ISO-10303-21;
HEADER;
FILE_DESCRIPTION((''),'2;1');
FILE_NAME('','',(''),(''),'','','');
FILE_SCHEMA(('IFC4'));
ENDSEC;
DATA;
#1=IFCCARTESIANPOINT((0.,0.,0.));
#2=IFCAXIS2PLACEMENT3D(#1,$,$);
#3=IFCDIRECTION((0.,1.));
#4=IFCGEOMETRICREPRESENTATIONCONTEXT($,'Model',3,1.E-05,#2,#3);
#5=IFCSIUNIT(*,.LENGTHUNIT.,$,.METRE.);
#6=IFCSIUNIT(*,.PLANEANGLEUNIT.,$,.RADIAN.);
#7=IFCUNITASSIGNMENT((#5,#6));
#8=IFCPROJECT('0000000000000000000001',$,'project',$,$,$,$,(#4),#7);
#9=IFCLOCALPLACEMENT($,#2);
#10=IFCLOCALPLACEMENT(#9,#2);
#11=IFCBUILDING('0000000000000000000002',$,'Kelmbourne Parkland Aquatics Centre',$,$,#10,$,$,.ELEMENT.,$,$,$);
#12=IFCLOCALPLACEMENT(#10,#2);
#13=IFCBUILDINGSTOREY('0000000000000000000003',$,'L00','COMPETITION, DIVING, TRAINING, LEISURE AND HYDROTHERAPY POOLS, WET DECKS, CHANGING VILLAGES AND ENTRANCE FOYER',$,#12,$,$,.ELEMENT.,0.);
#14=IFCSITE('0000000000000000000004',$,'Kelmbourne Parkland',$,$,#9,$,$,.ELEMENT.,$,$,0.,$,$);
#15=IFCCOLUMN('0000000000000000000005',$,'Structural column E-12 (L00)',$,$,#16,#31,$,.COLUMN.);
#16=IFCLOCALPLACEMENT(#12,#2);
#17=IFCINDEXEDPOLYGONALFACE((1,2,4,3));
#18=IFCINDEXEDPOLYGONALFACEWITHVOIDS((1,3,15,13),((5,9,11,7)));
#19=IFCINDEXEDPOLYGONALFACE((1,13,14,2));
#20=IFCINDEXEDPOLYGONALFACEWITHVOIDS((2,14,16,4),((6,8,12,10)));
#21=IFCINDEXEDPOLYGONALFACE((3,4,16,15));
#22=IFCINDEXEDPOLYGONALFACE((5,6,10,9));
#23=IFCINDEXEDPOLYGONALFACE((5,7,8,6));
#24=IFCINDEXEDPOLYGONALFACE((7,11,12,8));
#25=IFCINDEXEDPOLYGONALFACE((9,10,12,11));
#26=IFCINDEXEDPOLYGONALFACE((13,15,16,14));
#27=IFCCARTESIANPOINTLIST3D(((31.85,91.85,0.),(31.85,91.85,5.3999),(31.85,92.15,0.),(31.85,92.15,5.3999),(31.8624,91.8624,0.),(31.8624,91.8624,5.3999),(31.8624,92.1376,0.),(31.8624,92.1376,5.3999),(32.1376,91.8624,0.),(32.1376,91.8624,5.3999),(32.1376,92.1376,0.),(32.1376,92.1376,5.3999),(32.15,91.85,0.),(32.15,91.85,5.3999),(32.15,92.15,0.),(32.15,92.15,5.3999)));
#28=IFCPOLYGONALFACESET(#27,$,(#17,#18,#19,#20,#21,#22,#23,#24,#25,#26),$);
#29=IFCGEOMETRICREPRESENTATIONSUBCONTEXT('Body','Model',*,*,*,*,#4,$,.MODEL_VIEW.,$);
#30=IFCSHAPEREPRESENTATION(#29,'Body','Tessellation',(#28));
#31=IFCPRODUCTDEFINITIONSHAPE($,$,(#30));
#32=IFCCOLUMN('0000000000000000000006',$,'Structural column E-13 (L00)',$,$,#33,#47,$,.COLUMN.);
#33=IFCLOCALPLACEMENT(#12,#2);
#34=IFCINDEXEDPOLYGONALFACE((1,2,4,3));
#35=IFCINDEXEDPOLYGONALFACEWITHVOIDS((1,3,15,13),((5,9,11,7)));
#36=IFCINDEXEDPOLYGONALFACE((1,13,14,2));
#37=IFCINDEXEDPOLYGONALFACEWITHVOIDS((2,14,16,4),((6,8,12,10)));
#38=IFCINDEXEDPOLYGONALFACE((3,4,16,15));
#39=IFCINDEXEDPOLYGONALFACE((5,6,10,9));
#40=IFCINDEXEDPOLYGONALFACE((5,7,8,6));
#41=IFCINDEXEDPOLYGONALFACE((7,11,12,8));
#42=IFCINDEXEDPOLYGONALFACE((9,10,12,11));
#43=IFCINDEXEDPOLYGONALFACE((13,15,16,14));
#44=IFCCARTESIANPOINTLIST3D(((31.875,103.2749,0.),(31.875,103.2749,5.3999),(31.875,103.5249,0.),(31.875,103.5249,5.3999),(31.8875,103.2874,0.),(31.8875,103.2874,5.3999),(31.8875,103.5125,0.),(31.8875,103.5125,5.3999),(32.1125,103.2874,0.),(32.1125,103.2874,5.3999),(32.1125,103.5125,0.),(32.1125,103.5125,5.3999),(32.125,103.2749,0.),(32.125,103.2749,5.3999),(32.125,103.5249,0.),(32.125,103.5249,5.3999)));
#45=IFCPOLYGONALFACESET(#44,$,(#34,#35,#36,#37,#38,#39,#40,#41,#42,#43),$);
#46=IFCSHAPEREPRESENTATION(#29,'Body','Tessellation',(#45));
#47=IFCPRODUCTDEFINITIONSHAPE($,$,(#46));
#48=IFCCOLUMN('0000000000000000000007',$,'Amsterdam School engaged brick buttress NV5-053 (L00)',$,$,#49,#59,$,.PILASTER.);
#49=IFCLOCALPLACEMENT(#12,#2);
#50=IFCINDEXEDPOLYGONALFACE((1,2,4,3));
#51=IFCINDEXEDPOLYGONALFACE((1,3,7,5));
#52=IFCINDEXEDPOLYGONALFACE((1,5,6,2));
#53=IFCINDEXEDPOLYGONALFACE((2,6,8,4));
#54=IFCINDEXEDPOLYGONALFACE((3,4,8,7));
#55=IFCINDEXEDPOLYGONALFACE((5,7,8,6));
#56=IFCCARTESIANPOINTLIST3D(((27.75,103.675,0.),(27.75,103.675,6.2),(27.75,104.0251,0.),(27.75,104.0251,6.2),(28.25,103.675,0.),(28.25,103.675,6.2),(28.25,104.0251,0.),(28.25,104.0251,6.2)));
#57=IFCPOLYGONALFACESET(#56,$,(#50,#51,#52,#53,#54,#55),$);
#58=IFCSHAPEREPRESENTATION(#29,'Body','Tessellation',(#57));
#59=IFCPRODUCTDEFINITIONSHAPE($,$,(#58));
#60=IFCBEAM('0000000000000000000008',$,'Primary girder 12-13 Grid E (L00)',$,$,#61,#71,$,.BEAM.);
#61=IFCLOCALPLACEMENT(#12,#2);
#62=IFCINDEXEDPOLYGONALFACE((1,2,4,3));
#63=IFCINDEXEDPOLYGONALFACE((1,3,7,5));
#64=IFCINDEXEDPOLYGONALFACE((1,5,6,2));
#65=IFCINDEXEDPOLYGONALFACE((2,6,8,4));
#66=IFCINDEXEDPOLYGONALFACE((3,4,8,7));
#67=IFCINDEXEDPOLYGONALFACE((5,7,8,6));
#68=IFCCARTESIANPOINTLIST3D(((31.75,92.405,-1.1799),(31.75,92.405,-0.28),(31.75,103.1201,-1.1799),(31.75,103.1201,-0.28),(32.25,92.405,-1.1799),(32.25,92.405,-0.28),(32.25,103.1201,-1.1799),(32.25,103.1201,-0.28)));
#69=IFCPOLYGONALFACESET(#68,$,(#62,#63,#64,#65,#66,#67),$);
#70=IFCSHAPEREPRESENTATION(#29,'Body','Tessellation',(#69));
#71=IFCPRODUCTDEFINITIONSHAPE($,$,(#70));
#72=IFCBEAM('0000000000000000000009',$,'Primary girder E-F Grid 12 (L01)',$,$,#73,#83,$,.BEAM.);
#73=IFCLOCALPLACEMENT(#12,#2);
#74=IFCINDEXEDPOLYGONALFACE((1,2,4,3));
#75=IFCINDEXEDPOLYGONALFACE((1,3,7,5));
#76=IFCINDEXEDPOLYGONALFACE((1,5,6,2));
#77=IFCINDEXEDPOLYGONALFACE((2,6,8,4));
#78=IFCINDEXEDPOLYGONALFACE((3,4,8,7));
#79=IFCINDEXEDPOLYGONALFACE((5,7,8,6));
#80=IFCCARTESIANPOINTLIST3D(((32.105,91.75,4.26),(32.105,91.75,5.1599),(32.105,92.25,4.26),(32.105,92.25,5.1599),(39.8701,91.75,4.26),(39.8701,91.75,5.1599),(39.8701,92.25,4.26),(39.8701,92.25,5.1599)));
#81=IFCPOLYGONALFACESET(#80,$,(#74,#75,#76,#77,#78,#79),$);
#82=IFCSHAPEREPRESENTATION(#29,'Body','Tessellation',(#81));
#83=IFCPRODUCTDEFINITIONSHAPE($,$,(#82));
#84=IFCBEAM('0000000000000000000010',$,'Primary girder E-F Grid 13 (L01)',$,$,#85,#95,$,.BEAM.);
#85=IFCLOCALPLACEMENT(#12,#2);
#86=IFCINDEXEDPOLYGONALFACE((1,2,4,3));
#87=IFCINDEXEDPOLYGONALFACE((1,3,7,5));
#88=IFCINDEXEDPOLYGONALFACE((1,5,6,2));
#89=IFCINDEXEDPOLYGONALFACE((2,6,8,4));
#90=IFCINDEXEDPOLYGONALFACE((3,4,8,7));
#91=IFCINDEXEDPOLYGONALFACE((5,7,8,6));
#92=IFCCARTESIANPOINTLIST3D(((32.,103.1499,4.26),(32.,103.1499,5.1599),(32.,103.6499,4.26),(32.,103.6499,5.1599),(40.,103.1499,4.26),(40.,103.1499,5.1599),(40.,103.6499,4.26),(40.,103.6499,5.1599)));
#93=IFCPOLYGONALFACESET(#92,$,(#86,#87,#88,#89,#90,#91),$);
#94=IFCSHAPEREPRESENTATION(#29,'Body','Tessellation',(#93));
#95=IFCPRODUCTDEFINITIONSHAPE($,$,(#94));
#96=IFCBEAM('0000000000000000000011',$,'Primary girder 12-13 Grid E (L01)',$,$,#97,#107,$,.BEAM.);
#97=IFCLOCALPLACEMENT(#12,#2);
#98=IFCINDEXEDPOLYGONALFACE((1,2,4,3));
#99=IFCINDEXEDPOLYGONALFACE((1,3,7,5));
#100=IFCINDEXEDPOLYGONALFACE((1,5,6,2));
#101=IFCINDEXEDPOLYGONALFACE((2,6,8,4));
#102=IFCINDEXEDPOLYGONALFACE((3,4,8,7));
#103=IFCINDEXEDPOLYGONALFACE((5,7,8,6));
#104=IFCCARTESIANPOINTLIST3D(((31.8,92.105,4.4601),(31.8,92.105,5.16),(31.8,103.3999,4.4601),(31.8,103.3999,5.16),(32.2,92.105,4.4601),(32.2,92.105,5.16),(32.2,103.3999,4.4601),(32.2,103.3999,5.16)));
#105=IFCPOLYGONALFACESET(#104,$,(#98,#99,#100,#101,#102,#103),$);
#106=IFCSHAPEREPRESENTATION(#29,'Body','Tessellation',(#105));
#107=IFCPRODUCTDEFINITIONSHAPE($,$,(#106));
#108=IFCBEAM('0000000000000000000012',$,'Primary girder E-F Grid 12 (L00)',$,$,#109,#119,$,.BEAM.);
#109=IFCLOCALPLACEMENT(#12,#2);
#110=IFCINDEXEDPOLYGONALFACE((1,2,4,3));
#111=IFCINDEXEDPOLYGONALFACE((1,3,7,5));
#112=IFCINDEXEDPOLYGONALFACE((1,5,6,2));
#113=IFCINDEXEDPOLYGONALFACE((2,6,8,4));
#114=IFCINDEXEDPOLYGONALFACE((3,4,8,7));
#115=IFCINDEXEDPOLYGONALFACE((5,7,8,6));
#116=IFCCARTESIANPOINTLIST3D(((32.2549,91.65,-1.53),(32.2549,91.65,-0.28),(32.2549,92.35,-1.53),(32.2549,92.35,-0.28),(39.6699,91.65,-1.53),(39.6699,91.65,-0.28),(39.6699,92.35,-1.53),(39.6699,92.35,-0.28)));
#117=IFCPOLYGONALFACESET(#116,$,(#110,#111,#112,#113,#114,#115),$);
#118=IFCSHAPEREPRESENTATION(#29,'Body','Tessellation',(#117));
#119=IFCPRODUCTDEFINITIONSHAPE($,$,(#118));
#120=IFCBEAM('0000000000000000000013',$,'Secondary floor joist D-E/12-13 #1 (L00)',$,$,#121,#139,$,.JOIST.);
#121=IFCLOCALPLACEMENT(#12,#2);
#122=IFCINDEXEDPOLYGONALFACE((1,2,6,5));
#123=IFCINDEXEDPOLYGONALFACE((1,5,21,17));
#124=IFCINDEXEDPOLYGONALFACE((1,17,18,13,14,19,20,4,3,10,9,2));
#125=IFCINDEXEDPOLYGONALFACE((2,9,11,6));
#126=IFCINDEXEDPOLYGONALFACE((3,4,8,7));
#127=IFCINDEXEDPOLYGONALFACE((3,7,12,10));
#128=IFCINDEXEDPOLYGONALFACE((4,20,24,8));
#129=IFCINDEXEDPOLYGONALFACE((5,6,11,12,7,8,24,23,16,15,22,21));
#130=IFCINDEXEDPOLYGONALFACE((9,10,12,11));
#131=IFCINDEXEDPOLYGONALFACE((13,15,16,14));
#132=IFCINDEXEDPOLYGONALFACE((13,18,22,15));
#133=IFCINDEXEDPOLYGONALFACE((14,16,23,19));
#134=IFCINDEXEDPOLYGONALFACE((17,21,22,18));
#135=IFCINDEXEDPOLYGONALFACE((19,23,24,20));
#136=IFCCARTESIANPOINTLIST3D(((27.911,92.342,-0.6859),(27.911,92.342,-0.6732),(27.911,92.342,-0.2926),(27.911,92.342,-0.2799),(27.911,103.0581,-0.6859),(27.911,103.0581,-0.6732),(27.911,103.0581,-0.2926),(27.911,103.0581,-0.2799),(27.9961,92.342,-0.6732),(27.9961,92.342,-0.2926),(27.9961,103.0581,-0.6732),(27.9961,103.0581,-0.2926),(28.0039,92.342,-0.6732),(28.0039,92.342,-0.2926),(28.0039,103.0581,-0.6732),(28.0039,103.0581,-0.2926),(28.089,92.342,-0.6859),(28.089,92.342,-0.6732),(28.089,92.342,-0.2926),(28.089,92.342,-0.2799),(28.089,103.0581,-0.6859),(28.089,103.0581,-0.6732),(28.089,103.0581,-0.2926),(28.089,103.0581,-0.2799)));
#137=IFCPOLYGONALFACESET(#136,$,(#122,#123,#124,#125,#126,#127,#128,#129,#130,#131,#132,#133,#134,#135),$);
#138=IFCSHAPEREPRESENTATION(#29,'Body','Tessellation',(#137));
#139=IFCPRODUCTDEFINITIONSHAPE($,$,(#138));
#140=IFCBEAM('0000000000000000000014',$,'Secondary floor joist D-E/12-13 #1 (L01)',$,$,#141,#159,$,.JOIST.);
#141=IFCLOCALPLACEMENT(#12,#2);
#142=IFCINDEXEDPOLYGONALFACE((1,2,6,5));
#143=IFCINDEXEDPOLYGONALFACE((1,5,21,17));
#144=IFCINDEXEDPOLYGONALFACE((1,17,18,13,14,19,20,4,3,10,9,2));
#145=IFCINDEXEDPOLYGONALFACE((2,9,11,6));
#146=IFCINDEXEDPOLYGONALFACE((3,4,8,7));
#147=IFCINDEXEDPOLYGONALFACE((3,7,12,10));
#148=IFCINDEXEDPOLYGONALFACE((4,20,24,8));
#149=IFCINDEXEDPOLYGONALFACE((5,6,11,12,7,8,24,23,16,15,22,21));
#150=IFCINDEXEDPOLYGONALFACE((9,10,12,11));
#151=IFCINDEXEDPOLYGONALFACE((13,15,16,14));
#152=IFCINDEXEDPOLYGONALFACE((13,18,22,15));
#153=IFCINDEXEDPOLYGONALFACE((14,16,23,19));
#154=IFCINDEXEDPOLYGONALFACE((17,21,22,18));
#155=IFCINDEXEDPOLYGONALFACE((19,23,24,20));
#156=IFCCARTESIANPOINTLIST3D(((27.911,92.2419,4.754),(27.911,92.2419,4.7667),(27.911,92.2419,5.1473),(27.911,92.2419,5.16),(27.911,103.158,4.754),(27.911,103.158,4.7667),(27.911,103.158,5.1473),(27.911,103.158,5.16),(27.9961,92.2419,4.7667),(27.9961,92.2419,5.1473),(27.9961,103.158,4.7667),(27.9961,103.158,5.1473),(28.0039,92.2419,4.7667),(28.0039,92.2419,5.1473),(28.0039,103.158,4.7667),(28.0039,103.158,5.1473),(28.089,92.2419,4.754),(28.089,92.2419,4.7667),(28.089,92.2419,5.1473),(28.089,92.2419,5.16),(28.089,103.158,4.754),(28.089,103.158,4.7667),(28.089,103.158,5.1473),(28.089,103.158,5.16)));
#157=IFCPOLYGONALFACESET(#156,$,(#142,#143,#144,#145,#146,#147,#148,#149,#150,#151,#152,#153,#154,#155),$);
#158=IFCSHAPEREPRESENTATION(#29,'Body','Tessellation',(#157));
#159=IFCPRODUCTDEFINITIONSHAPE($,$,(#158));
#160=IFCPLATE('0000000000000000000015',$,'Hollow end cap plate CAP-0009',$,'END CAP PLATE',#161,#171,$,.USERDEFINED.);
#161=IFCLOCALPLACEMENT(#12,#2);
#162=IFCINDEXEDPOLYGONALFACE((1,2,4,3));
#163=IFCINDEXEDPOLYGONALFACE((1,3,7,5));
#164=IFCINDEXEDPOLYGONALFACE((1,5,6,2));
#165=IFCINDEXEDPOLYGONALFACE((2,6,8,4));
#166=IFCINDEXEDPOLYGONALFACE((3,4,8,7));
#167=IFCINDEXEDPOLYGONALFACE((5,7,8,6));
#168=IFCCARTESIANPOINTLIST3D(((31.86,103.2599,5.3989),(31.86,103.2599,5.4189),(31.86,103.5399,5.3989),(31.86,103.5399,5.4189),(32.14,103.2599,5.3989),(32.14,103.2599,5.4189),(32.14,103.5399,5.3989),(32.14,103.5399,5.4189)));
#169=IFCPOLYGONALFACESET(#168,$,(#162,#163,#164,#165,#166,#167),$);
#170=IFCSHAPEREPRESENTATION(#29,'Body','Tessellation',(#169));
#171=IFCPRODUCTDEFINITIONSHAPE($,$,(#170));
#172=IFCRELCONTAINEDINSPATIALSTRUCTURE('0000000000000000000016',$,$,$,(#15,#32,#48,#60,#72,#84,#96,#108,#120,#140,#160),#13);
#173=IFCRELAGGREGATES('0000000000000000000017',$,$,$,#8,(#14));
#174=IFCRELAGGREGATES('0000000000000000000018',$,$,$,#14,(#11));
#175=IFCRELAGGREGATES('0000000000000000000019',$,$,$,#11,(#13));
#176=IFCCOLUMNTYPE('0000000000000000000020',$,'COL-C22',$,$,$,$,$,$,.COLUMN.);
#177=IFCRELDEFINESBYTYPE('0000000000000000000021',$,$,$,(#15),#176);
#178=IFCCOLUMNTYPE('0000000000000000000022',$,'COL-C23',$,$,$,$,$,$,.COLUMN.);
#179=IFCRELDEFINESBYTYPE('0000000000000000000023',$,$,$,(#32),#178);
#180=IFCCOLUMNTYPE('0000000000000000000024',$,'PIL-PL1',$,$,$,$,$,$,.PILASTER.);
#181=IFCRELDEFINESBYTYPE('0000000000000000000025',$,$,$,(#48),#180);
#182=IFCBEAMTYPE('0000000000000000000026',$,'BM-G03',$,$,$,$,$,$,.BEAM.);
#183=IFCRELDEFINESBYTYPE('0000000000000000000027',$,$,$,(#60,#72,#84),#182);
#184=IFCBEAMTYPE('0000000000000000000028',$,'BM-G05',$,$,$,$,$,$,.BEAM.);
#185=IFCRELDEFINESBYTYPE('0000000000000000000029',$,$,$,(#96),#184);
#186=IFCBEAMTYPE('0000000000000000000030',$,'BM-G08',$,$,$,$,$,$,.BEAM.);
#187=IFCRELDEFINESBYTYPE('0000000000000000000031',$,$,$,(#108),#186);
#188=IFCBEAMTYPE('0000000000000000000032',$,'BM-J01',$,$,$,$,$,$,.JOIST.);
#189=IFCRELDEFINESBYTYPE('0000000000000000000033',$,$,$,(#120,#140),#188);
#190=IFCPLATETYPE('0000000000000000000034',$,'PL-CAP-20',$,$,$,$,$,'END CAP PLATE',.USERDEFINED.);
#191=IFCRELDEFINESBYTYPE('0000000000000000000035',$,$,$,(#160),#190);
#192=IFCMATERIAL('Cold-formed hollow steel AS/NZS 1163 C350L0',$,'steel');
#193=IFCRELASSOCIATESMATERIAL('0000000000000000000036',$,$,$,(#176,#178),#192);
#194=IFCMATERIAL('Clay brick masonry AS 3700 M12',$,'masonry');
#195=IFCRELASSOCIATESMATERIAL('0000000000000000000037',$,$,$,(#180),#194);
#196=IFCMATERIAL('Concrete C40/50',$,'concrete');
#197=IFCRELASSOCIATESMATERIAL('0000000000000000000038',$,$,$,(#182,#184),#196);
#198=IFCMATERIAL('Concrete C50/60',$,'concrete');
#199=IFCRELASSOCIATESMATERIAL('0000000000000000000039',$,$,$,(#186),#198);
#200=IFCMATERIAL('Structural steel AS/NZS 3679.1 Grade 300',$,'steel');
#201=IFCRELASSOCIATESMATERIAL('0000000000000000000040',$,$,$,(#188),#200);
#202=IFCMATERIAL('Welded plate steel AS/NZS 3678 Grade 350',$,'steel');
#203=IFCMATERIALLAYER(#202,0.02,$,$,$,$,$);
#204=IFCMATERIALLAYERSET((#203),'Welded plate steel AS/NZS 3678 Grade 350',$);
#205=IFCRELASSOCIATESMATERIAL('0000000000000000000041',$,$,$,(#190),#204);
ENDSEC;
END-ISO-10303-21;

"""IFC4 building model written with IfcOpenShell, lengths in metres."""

from ifc_helpers import new_model, si_unit, direction, frame, origin, origin_2d, place, context, subcontext, project, spatial, rectangle, hollow_rectangle, i_section, extrude, material, layer, layer_set, material_profile, profile_set, type_object, element, save


model = new_model("IFC4")

# Units and contexts
model_context = context("Model", 3, precision=1e-05, world=origin(), true_north=direction((0.0, 1.0)))
body_context = subcontext(model_context, "Body", "Model", "MODEL_VIEW")
ifc_project = project(units=[si_unit("LENGTHUNIT", "METRE"), si_unit("PLANEANGLEUNIT", "RADIAN")], contexts=[model_context])

# Site, building, storey
site_placement = place(None, origin())
site = spatial("IfcSite", under=ifc_project, at=site_placement, Name="Kelmbourne Parkland", CompositionType="ELEMENT", RefElevation=0.0)
building_placement = place(site_placement, origin())
building = spatial("IfcBuilding", under=site, at=building_placement, Name="Kelmbourne Parkland Aquatics Centre", CompositionType="ELEMENT")
storey_placement = place(building_placement, origin())
storey = spatial("IfcBuildingStorey", under=building, at=storey_placement, Name="L00", Description="COMPETITION, DIVING, TRAINING, LEISURE AND HYDROTHERAPY POOLS, WET DECKS, CHANGING VILLAGES AND ENTRANCE FOYER", CompositionType="ELEMENT", Elevation=0.0)

# Columns
ifc_material_1 = material(Name="Cold-formed hollow steel AS/NZS 1163 C350L0", Category="steel")
ifc_material_profile_1 = material_profile(ifc_material_1, hollow_rectangle(XDim=0.3, YDim=0.3, WallThickness=0.0125, at=origin_2d()), Name="SHS 300x300x12.5")
ifc_profile_set_1 = profile_set([ifc_material_profile_1], Name="Cold-formed hollow steel AS/NZS 1163 C350L0")
column_type_1 = type_object("IfcColumnType", Name="COL-C22", PredefinedType="COLUMN", material=ifc_profile_set_1)
column_1_placement = place(storey_placement, frame((32.0, 92.0, 0.0), z_axis=(0.0, 0.0, 1.0), x_axis=(1.0, 0.0, 0.0)))
element("IfcColumn", 1, at=column_1_placement, inside=storey, type_object=column_type_1, Name="Structural column E-12 (L00)", PredefinedType="COLUMN", context=body_context, shape_type="SweptSolid", body=[
    extrude(hollow_rectangle(XDim=0.3, YDim=0.3, WallThickness=0.0125, at=origin_2d()), origin(), (0.0, 0.0, 1.0), 5.3999),
])
ifc_material_profile_2 = material_profile(ifc_material_1, hollow_rectangle(XDim=0.25, YDim=0.25, WallThickness=0.0125, at=origin_2d()), Name="SHS 250x250x12.5")
ifc_profile_set_2 = profile_set([ifc_material_profile_2], Name="Cold-formed hollow steel AS/NZS 1163 C350L0")
column_type_2 = type_object("IfcColumnType", Name="COL-C23", PredefinedType="COLUMN", material=ifc_profile_set_2)
column_2_placement = place(storey_placement, frame((32.0, 103.3999, 0.0), z_axis=(0.0, 0.0, 1.0), x_axis=(1.0, 0.0, 0.0)))
element("IfcColumn", 2, at=column_2_placement, inside=storey, type_object=column_type_2, Name="Structural column E-13 (L00)", PredefinedType="COLUMN", context=body_context, shape_type="SweptSolid", body=[
    extrude(hollow_rectangle(XDim=0.25, YDim=0.25, WallThickness=0.0125, at=origin_2d()), origin(), (0.0, 0.0, 1.0), 5.3999),
])
ifc_material_2 = material(Name="Clay brick masonry AS 3700 M12", Category="masonry")
ifc_material_profile_3 = material_profile(ifc_material_2, rectangle(XDim=0.3501, YDim=0.5, at=origin_2d()), Name="PIL 350x500")
ifc_profile_set_3 = profile_set([ifc_material_profile_3], Name="Clay brick masonry AS 3700 M12")
column_type_3 = type_object("IfcColumnType", Name="PIL-PL1", PredefinedType="PILASTER", material=ifc_profile_set_3)
column_3_placement = place(storey_placement, frame((28.0, 103.8501, 0.0), z_axis=(0.0, 0.0, 1.0), x_axis=(0.0, 1.0, 0.0)))
element("IfcColumn", 3, at=column_3_placement, inside=storey, type_object=column_type_3, Name="Amsterdam School engaged brick buttress NV5-053 (L00)", PredefinedType="PILASTER", context=body_context, shape_type="SweptSolid", body=[
    extrude(rectangle(XDim=0.3501, YDim=0.5, at=origin_2d()), origin(), (0.0, 0.0, 1.0), 6.2),
])

# Beams
ifc_material_3 = material(Name="Concrete C40/50", Category="concrete")
ifc_material_profile_4 = material_profile(ifc_material_3, rectangle(XDim=0.5, YDim=0.8999, at=origin_2d()), Name="RC 500x900")
ifc_profile_set_4 = profile_set([ifc_material_profile_4], Name="Concrete C40/50")
beam_type_1 = type_object("IfcBeamType", Name="BM-G03", PredefinedType="BEAM", material=ifc_profile_set_4)
beam_1_placement = place(storey_placement, frame((32.0, 92.405, -0.73), z_axis=(0.0, 1.0, 0.0), x_axis=(-1.0, 0.0, 0.0)))
element("IfcBeam", 4, at=beam_1_placement, inside=storey, type_object=beam_type_1, Name="Primary girder 12-13 Grid E (L00)", PredefinedType="BEAM", context=body_context, shape_type="SweptSolid", body=[
    extrude(rectangle(XDim=0.5, YDim=0.8999, at=origin_2d()), origin(), (0.0, 0.0, 1.0), 10.7151),
])
beam_2_placement = place(storey_placement, frame((32.105, 92.0, 4.71), z_axis=(1.0, 0.0, 0.0), x_axis=(0.0, 1.0, 0.0)))
element("IfcBeam", 5, at=beam_2_placement, inside=storey, type_object=beam_type_1, Name="Primary girder E-F Grid 12 (L01)", PredefinedType="BEAM", context=body_context, shape_type="SweptSolid", body=[
    extrude(rectangle(XDim=0.5, YDim=0.8999, at=origin_2d()), origin(), (0.0, 0.0, 1.0), 7.7651),
])
beam_3_placement = place(storey_placement, frame((32.0, 103.3999, 4.71), z_axis=(1.0, 0.0, 0.0), x_axis=(0.0, 1.0, 0.0)))
element("IfcBeam", 6, at=beam_3_placement, inside=storey, type_object=beam_type_1, Name="Primary girder E-F Grid 13 (L01)", PredefinedType="BEAM", context=body_context, shape_type="SweptSolid", body=[
    extrude(rectangle(XDim=0.5, YDim=0.8999, at=origin_2d()), origin(), (0.0, 0.0, 1.0), 8.0),
])
ifc_material_profile_5 = material_profile(ifc_material_3, rectangle(XDim=0.3999, YDim=0.7, at=origin_2d()), Name="RC 400x700")
ifc_profile_set_5 = profile_set([ifc_material_profile_5], Name="Concrete C40/50")
beam_type_2 = type_object("IfcBeamType", Name="BM-G05", PredefinedType="BEAM", material=ifc_profile_set_5)
beam_4_placement = place(storey_placement, frame((32.0, 92.105, 4.8101), z_axis=(0.0, 1.0, 0.0), x_axis=(-1.0, 0.0, 0.0)))
element("IfcBeam", 7, at=beam_4_placement, inside=storey, type_object=beam_type_2, Name="Primary girder 12-13 Grid E (L01)", PredefinedType="BEAM", context=body_context, shape_type="SweptSolid", body=[
    extrude(rectangle(XDim=0.3999, YDim=0.7, at=origin_2d()), origin(), (0.0, 0.0, 1.0), 11.2949),
])
ifc_material_4 = material(Name="Concrete C50/60", Category="concrete")
ifc_material_profile_6 = material_profile(ifc_material_4, rectangle(XDim=0.7, YDim=1.25, at=origin_2d()), Name="RC 700x1250")
ifc_profile_set_6 = profile_set([ifc_material_profile_6], Name="Concrete C50/60")
beam_type_3 = type_object("IfcBeamType", Name="BM-G08", PredefinedType="BEAM", material=ifc_profile_set_6)
beam_5_placement = place(storey_placement, frame((32.2549, 92.0, -0.905), z_axis=(1.0, 0.0, 0.0), x_axis=(0.0, 1.0, 0.0)))
element("IfcBeam", 8, at=beam_5_placement, inside=storey, type_object=beam_type_3, Name="Primary girder E-F Grid 12 (L00)", PredefinedType="BEAM", context=body_context, shape_type="SweptSolid", body=[
    extrude(rectangle(XDim=0.7, YDim=1.25, at=origin_2d()), origin(), (0.0, 0.0, 1.0), 7.415),
])
ifc_material_5 = material(Name="Structural steel AS/NZS 3679.1 Grade 300", Category="steel")
ifc_material_profile_7 = material_profile(ifc_material_5, i_section(OverallWidth=0.178, OverallDepth=0.406, WebThickness=0.0078, FlangeThickness=0.0127, at=origin_2d()), Name="410UB59.7")
ifc_profile_set_7 = profile_set([ifc_material_profile_7], Name="Structural steel AS/NZS 3679.1 Grade 300")
beam_type_4 = type_object("IfcBeamType", Name="BM-J01", PredefinedType="JOIST", material=ifc_profile_set_7)
beam_6_placement = place(storey_placement, frame((28.0, 92.342, -0.4829), z_axis=(0.0, 1.0, 0.0), x_axis=(-1.0, 0.0, 0.0)))
element("IfcBeam", 9, at=beam_6_placement, inside=storey, type_object=beam_type_4, Name="Secondary floor joist D-E/12-13 #1 (L00)", PredefinedType="JOIST", context=body_context, shape_type="SweptSolid", body=[
    extrude(i_section(OverallWidth=0.178, OverallDepth=0.406, WebThickness=0.0078, FlangeThickness=0.0127, at=origin_2d()), origin(), (0.0, 0.0, 1.0), 10.7161),
])
beam_7_placement = place(storey_placement, frame((28.0, 92.2419, 4.957), z_axis=(0.0, 1.0, 0.0), x_axis=(-1.0, 0.0, 0.0)))
element("IfcBeam", 10, at=beam_7_placement, inside=storey, type_object=beam_type_4, Name="Secondary floor joist D-E/12-13 #1 (L01)", PredefinedType="JOIST", context=body_context, shape_type="SweptSolid", body=[
    extrude(i_section(OverallWidth=0.178, OverallDepth=0.406, WebThickness=0.0078, FlangeThickness=0.0127, at=origin_2d()), origin(), (0.0, 0.0, 1.0), 10.916),
])

# Plate
ifc_material_6 = material(Name="Welded plate steel AS/NZS 3678 Grade 350", Category="steel")
ifc_layer_1 = layer(ifc_material_6, 0.02)
ifc_layer_set_1 = layer_set([ifc_layer_1], Name="Welded plate steel AS/NZS 3678 Grade 350")
plate_type = type_object("IfcPlateType", Name="PL-CAP-20", ElementType="END CAP PLATE", PredefinedType="USERDEFINED", material=ifc_layer_set_1)
plate_placement = place(storey_placement, frame((32.0, 103.3999, 5.3989), z_axis=(0.0, 0.0, 1.0), x_axis=(1.0, 0.0, 0.0)))
element("IfcPlate", 11, at=plate_placement, inside=storey, type_object=plate_type, Name="Hollow end cap plate CAP-0009", ObjectType="END CAP PLATE", PredefinedType="USERDEFINED", context=body_context, shape_type="SweptSolid", body=[
    extrude(rectangle(XDim=0.28, YDim=0.28, at=origin_2d()), origin(), (0.0, 0.0, 1.0), 0.02),
])

save(model, "model.ifc")
